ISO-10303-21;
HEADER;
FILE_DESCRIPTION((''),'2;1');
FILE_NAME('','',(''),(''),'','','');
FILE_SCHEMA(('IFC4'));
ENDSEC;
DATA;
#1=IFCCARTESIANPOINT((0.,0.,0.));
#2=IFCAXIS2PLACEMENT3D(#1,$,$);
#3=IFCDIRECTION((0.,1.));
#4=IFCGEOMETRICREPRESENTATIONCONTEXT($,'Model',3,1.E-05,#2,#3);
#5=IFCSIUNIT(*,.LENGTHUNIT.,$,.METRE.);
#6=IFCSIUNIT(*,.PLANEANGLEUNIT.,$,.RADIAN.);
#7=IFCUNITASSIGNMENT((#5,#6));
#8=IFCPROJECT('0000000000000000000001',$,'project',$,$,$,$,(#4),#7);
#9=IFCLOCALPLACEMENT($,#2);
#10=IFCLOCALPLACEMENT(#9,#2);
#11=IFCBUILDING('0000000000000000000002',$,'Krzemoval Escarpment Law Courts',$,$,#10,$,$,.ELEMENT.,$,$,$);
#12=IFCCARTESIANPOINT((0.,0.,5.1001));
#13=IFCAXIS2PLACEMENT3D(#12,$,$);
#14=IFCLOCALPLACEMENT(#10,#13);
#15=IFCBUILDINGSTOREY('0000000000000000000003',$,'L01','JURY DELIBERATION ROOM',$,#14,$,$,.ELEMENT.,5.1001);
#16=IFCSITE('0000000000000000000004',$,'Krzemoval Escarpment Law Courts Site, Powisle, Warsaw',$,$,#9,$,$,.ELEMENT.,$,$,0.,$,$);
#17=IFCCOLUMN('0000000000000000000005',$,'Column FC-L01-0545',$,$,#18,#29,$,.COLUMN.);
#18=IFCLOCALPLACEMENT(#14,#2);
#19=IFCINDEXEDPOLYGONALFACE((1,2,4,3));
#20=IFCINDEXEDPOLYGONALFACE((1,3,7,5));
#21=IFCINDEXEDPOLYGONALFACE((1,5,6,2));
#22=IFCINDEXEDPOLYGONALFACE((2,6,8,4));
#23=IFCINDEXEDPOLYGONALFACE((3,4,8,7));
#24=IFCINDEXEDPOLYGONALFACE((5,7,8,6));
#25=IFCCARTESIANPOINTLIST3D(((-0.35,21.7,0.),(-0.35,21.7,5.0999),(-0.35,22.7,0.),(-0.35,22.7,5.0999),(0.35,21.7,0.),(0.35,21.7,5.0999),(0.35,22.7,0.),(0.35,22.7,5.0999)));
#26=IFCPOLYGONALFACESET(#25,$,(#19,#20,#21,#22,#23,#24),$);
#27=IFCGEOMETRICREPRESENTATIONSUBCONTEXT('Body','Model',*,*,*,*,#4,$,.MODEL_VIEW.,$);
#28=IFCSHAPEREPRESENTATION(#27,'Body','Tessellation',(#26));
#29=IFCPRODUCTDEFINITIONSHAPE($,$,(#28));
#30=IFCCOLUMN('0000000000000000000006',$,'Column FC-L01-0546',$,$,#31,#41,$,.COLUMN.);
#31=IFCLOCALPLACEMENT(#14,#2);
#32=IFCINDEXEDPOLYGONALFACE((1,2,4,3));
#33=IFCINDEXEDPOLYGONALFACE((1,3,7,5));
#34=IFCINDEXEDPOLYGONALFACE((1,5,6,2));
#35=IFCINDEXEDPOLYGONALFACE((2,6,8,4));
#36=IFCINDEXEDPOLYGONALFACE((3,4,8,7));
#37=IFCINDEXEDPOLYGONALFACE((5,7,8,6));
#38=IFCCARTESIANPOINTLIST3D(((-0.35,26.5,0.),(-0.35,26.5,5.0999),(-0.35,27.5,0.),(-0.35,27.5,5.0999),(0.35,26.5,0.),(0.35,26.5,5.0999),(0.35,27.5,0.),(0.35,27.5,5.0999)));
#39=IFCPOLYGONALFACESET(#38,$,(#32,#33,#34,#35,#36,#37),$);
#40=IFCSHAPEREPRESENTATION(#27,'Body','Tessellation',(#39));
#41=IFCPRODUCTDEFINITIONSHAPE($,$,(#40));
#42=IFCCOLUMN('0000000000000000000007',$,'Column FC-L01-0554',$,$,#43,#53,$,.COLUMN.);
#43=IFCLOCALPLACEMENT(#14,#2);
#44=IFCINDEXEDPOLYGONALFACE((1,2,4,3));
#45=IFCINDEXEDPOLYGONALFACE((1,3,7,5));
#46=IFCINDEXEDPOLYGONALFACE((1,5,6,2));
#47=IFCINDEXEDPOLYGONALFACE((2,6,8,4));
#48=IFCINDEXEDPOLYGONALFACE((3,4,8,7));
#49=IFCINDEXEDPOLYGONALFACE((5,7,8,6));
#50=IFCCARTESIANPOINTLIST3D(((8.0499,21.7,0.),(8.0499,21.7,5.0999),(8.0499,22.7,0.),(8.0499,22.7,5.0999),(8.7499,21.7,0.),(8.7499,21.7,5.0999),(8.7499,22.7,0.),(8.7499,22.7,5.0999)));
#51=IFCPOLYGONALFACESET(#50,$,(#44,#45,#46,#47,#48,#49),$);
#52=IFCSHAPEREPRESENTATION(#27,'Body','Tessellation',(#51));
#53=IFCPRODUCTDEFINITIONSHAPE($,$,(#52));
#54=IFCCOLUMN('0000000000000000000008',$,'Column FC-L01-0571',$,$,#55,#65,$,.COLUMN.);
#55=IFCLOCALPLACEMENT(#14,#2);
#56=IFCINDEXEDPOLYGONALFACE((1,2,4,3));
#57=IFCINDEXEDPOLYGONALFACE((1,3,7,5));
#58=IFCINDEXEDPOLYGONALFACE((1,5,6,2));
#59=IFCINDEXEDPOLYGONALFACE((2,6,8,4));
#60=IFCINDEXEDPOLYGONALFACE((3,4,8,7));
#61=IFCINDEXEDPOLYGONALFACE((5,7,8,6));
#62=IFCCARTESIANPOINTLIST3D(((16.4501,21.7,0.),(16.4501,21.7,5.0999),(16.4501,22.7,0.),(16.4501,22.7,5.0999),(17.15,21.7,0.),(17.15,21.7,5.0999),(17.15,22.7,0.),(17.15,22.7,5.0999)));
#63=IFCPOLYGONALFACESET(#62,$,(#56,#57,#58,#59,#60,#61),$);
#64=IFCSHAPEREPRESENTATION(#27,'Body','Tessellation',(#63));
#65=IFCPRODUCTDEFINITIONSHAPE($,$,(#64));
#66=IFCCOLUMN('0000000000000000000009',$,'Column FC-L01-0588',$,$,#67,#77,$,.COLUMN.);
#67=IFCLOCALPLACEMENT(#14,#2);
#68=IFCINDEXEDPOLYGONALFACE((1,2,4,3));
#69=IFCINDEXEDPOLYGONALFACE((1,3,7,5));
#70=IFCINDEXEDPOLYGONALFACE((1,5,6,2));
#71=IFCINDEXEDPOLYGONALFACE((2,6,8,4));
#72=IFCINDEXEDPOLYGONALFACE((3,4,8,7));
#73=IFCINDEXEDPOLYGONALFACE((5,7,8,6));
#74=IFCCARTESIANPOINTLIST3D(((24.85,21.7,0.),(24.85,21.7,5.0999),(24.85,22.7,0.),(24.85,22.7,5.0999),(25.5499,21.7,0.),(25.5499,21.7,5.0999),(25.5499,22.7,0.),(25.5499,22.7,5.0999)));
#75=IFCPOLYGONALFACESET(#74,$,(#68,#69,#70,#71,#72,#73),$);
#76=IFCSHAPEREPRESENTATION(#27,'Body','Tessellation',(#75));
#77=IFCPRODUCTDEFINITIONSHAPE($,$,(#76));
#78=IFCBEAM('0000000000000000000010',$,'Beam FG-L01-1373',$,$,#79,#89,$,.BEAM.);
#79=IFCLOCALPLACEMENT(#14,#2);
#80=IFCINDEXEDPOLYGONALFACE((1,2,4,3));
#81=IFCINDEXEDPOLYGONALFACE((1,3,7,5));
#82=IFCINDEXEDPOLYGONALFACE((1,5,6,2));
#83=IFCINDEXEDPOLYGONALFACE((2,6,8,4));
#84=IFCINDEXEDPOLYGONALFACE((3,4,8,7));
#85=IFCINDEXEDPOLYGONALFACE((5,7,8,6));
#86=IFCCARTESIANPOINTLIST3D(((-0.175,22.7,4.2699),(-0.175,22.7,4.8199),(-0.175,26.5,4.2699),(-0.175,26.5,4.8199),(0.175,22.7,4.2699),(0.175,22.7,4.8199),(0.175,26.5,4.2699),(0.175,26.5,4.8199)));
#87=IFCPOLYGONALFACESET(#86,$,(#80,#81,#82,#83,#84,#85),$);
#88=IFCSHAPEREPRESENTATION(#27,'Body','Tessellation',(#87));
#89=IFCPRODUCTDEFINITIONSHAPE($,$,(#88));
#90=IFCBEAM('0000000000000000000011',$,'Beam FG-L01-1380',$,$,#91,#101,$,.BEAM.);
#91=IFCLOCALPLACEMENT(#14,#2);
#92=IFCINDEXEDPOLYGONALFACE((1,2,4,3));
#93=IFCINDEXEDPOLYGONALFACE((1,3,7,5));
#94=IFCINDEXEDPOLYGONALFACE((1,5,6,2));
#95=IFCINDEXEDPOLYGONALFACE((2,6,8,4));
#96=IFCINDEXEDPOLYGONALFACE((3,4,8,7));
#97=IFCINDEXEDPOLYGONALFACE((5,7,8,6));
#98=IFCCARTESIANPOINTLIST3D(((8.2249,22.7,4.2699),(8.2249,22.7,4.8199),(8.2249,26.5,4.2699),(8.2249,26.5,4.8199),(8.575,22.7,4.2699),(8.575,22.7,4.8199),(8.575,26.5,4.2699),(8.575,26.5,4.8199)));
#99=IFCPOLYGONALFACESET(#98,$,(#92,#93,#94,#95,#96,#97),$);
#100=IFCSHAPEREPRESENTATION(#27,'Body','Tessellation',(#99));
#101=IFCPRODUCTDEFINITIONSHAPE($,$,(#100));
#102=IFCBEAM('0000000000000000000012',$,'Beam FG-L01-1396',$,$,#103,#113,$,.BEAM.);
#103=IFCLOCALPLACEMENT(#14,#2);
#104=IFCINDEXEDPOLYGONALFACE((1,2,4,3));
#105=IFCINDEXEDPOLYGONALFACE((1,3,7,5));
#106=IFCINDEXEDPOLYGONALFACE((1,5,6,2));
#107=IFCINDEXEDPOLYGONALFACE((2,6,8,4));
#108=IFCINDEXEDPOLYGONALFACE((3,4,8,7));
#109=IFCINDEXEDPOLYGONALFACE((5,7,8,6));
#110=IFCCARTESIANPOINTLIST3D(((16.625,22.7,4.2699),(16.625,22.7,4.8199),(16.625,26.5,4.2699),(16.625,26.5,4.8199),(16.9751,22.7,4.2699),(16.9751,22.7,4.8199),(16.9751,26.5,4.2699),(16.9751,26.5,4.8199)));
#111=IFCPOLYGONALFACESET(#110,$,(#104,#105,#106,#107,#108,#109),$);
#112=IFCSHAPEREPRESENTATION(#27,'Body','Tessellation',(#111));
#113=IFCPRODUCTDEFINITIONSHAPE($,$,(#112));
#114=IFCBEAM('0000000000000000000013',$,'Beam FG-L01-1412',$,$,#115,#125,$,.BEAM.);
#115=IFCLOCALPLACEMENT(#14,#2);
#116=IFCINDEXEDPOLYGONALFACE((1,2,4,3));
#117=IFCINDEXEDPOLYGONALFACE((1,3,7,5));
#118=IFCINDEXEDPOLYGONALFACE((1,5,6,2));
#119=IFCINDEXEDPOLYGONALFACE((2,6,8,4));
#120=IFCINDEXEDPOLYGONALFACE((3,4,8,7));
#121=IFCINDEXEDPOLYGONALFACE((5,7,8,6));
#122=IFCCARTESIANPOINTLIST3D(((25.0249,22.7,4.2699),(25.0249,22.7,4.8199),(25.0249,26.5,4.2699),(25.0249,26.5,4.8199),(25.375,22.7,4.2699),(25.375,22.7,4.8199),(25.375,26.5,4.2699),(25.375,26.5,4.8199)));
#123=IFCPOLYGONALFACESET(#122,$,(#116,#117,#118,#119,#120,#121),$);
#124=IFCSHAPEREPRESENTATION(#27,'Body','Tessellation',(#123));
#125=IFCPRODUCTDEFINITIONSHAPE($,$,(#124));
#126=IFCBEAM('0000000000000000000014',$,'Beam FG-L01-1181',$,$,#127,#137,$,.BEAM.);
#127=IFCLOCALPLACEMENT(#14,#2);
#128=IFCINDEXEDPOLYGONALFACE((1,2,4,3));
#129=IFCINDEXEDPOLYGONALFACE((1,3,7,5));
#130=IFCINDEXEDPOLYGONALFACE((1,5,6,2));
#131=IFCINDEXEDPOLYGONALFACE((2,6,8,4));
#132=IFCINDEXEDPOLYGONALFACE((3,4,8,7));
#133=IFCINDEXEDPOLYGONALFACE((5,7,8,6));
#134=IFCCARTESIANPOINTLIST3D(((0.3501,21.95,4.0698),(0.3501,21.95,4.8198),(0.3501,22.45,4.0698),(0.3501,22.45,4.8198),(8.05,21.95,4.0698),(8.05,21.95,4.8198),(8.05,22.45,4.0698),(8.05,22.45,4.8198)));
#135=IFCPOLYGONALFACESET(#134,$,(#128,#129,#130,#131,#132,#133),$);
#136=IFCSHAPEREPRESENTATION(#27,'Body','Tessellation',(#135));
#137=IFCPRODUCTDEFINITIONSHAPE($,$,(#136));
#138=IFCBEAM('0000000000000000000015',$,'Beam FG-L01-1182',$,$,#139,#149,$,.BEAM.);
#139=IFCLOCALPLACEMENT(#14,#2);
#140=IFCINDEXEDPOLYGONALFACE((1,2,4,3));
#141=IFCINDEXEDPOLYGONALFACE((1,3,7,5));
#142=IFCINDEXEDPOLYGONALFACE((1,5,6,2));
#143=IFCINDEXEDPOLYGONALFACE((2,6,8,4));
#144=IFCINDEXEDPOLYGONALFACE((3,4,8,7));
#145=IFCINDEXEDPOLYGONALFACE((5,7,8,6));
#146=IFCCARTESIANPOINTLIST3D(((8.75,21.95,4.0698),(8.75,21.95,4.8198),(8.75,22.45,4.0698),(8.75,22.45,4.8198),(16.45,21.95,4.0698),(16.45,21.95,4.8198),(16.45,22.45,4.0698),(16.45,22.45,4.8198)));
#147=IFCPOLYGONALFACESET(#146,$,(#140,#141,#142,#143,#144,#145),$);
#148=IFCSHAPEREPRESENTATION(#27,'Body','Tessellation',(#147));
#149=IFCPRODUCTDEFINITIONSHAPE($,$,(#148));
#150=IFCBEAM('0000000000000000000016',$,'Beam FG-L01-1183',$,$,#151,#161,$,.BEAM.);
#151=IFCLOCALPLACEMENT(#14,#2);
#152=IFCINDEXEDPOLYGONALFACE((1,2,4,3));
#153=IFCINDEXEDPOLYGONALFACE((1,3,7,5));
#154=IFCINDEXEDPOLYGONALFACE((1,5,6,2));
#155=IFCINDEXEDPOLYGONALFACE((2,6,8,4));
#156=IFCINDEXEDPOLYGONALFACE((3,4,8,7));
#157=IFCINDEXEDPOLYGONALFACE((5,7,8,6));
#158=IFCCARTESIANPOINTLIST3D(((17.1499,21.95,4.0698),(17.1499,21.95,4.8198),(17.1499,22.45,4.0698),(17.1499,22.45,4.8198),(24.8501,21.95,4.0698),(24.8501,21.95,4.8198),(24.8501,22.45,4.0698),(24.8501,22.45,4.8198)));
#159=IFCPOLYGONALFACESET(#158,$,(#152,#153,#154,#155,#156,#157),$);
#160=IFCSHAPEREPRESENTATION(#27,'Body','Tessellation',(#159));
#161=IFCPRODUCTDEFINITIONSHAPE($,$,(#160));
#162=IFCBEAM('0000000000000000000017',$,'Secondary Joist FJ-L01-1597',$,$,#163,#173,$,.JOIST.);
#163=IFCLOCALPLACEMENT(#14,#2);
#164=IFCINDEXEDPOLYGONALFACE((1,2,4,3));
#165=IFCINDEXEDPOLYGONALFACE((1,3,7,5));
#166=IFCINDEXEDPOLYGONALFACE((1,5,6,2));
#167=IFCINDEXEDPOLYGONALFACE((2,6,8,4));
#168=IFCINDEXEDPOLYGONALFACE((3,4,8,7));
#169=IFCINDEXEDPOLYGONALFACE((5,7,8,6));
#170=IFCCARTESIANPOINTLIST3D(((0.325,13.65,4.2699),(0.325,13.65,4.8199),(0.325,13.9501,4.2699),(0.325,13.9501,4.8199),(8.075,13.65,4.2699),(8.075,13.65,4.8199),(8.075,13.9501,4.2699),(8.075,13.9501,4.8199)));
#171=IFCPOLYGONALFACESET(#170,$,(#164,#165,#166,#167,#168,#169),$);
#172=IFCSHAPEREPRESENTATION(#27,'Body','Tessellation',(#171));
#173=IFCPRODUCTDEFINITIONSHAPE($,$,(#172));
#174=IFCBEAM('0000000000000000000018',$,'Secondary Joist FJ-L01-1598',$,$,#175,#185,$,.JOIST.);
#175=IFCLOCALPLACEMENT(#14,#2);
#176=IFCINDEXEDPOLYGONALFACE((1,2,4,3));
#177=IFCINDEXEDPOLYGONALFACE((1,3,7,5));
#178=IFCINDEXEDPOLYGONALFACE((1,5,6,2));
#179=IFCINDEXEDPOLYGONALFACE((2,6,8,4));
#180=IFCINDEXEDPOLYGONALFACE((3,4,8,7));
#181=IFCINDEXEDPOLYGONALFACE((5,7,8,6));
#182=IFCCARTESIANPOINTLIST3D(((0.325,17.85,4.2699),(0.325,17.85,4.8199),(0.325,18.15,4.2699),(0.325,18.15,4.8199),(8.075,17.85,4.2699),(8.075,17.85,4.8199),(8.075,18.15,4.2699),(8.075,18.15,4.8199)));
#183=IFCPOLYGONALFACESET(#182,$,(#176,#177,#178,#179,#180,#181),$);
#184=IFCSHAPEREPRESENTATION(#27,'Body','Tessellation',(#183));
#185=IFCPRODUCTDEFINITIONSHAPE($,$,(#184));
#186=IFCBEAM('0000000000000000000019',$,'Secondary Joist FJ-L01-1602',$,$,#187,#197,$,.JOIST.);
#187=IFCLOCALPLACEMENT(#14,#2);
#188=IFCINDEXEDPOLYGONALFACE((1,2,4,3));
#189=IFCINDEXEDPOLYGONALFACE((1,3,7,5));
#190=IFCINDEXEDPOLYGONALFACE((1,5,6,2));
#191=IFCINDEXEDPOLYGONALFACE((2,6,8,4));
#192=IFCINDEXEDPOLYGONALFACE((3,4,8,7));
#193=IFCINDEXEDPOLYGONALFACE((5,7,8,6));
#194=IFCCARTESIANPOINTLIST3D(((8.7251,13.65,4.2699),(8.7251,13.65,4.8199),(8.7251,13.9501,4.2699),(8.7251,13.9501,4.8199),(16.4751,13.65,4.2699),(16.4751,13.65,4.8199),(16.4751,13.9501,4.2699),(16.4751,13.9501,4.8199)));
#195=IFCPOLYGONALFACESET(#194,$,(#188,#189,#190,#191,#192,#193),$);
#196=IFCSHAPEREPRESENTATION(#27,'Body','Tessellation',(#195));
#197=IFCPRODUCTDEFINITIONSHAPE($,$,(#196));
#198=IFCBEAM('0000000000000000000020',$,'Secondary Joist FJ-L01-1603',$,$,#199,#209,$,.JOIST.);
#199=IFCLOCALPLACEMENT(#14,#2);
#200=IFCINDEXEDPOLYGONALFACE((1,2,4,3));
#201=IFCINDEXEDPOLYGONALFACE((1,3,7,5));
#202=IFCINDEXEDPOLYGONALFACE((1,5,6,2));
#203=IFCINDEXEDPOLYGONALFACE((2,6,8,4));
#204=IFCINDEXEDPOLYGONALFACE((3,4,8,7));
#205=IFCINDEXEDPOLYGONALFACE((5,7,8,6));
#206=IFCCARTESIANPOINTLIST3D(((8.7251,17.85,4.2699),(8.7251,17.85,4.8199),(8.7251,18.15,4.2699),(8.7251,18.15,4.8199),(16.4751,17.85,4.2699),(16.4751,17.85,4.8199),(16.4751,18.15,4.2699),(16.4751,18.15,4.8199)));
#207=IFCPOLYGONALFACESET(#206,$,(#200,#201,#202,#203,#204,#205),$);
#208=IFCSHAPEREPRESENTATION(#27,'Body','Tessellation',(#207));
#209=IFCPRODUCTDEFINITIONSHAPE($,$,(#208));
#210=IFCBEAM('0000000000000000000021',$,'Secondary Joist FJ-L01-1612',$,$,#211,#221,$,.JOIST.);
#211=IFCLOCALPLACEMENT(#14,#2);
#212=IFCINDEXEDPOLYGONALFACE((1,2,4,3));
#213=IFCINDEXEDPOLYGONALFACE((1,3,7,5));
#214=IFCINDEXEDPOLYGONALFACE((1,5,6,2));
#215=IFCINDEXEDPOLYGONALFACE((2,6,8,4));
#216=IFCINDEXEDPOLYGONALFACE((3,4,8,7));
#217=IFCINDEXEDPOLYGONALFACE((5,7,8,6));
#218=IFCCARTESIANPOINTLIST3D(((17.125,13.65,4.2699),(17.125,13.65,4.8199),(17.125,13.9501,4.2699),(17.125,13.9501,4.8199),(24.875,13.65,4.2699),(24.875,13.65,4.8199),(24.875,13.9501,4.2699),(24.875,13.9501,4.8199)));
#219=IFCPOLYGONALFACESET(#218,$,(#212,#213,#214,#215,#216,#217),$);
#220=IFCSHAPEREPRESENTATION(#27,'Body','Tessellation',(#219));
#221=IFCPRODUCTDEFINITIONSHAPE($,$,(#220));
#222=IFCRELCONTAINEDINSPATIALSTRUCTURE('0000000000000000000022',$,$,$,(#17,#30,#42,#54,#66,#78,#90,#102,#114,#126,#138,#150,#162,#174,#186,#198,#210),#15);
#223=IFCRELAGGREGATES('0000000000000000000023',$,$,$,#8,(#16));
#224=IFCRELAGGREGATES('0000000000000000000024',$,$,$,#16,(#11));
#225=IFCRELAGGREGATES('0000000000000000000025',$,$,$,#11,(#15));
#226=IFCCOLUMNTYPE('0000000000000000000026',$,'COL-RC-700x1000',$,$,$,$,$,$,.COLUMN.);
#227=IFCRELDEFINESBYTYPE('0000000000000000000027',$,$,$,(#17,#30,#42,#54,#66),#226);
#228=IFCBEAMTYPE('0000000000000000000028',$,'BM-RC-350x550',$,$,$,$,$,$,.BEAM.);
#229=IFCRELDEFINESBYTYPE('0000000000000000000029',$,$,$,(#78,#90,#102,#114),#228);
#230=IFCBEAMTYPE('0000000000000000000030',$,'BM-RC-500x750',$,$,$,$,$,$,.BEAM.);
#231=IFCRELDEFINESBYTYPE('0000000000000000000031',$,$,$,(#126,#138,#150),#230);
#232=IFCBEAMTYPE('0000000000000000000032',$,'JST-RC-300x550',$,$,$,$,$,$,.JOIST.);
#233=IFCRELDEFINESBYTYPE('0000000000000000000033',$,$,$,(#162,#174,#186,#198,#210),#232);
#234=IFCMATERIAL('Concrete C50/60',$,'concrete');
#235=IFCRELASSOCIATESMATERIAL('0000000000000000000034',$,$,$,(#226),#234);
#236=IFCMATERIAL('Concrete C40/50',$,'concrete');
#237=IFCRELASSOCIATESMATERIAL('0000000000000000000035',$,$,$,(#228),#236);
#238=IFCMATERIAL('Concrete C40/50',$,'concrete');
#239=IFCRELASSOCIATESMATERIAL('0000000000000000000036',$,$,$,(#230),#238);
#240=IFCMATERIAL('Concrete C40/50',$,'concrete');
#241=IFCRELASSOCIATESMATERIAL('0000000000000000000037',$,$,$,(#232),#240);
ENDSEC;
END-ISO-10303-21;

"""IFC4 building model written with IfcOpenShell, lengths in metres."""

from ifc_helpers import new_model, si_unit, direction, frame, origin, origin_2d, place, context, subcontext, project, spatial, rectangle, extrude, material, material_profile, profile_set, type_object, element, save


model = new_model("IFC4")

# Units and contexts
model_context = context("Model", 3, precision=1e-05, world=origin(), true_north=direction((0.0, 1.0)))
body_context = subcontext(model_context, "Body", "Model", "MODEL_VIEW")
ifc_project = project(units=[si_unit("LENGTHUNIT", "METRE"), si_unit("PLANEANGLEUNIT", "RADIAN")], contexts=[model_context])

# Site, building, storey
site_placement = place(None, origin())
site = spatial("IfcSite", under=ifc_project, at=site_placement, Name="Krzemoval Escarpment Law Courts Site, Powisle, Warsaw", CompositionType="ELEMENT", RefElevation=0.0)
building_placement = place(site_placement, origin())
building = spatial("IfcBuilding", under=site, at=building_placement, Name="Krzemoval Escarpment Law Courts", CompositionType="ELEMENT")
storey_placement = place(building_placement, frame((0.0, 0.0, 5.1001)))
storey = spatial("IfcBuildingStorey", under=building, at=storey_placement, Name="L01", Description="JURY DELIBERATION ROOM", CompositionType="ELEMENT", Elevation=5.1001)

# Columns
ifc_material_1 = material(Name="Concrete C50/60", Category="concrete")
ifc_material_profile_1 = material_profile(ifc_material_1, rectangle(XDim=0.7, YDim=1.0, at=origin_2d()), Name="RC 700x1000")
ifc_profile_set_1 = profile_set([ifc_material_profile_1], Name="Concrete C50/60")
column_type = type_object("IfcColumnType", Name="COL-RC-700x1000", PredefinedType="COLUMN", material=ifc_profile_set_1)
for number, where, z_axis, x_axis, name in (
    (1, (0.0, 22.2, 0.0), (0.0, 0.0, 1.0), (1.0, 0.0, 0.0), "Column FC-L01-0545"),
    (2, (0.0, 27.0, 0.0), (0.0, 0.0, 1.0), (1.0, 0.0, 0.0), "Column FC-L01-0546"),
    (3, (8.3999, 22.2, 0.0), (0.0, 0.0, 1.0), (1.0, 0.0, 0.0), "Column FC-L01-0554"),
    (4, (16.8, 22.2, 0.0), (0.0, 0.0, 1.0), (1.0, 0.0, 0.0), "Column FC-L01-0571"),
    (5, (25.2, 22.2, 0.0), (0.0, 0.0, 1.0), (1.0, 0.0, 0.0), "Column FC-L01-0588"),
):
    element("IfcColumn", number, at=place(storey_placement, frame(where, z_axis=z_axis, x_axis=x_axis)), inside=storey, type_object=column_type, Name=name, PredefinedType="COLUMN", context=body_context, shape_type="SweptSolid", body=[
        extrude(rectangle(XDim=0.7, YDim=1.0, at=origin_2d()), origin(), (0.0, 0.0, 1.0), 5.0999),
    ])

# Beams
ifc_material_2 = material(Name="Concrete C40/50", Category="concrete")
ifc_material_profile_2 = material_profile(ifc_material_2, rectangle(XDim=0.3501, YDim=0.55, at=origin_2d()), Name="RCB 350x550")
ifc_profile_set_2 = profile_set([ifc_material_profile_2], Name="Concrete C40/50")
beam_type_1 = type_object("IfcBeamType", Name="BM-RC-350x550", PredefinedType="BEAM", material=ifc_profile_set_2)
for number, where, z_axis, x_axis, name in (
    (6, (0.0, 22.7, 4.5449), (0.0, 1.0, 0.0), (-1.0, 0.0, 0.0), "Beam FG-L01-1373"),
    (7, (8.3999, 22.7, 4.5449), (0.0, 1.0, 0.0), (-1.0, 0.0, 0.0), "Beam FG-L01-1380"),
    (8, (16.8, 22.7, 4.5449), (0.0, 1.0, 0.0), (-1.0, 0.0, 0.0), "Beam FG-L01-1396"),
    (9, (25.2, 22.7, 4.5449), (0.0, 1.0, 0.0), (-1.0, 0.0, 0.0), "Beam FG-L01-1412"),
):
    element("IfcBeam", number, at=place(storey_placement, frame(where, z_axis=z_axis, x_axis=x_axis)), inside=storey, type_object=beam_type_1, Name=name, PredefinedType="BEAM", context=body_context, shape_type="SweptSolid", body=[
        extrude(rectangle(XDim=0.3501, YDim=0.55, at=origin_2d()), origin(), (0.0, 0.0, 1.0), 3.8),
    ])
ifc_material_3 = material(Name="Concrete C40/50", Category="concrete")
ifc_material_profile_3 = material_profile(ifc_material_3, rectangle(XDim=0.5, YDim=0.75, at=origin_2d()), Name="RCB 500x750")
ifc_profile_set_3 = profile_set([ifc_material_profile_3], Name="Concrete C40/50")
beam_type_2 = type_object("IfcBeamType", Name="BM-RC-500x750", PredefinedType="BEAM", material=ifc_profile_set_3)
for number, where, z_axis, x_axis, name in (
    (10, (0.3501, 22.2, 4.4448), (1.0, 0.0, 0.0), (0.0, 1.0, 0.0), "Beam FG-L01-1181"),
    (11, (8.75, 22.2, 4.4448), (1.0, 0.0, 0.0), (0.0, 1.0, 0.0), "Beam FG-L01-1182"),
):
    element("IfcBeam", number, at=place(storey_placement, frame(where, z_axis=z_axis, x_axis=x_axis)), inside=storey, type_object=beam_type_2, Name=name, PredefinedType="BEAM", context=body_context, shape_type="SweptSolid", body=[
        extrude(rectangle(XDim=0.5, YDim=0.75, at=origin_2d()), origin(), (0.0, 0.0, 1.0), 7.7),
    ])
beam_placement = place(storey_placement, frame((17.1499, 22.2, 4.4448), z_axis=(1.0, 0.0, 0.0), x_axis=(0.0, 1.0, 0.0)))
element("IfcBeam", 12, at=beam_placement, inside=storey, type_object=beam_type_2, Name="Beam FG-L01-1183", PredefinedType="BEAM", context=body_context, shape_type="SweptSolid", body=[
    extrude(rectangle(XDim=0.5, YDim=0.75, at=origin_2d()), origin(), (0.0, 0.0, 1.0), 7.7002),
])
ifc_material_4 = material(Name="Concrete C40/50", Category="concrete")
ifc_material_profile_4 = material_profile(ifc_material_4, rectangle(XDim=0.3, YDim=0.55, at=origin_2d()), Name="RCB 300x550")
ifc_profile_set_4 = profile_set([ifc_material_profile_4], Name="Concrete C40/50")
beam_type_3 = type_object("IfcBeamType", Name="JST-RC-300x550", PredefinedType="JOIST", material=ifc_profile_set_4)
for number, where, z_axis, x_axis, name in (
    (13, (0.325, 13.8, 4.5449), (1.0, 0.0, 0.0), (0.0, 1.0, 0.0), "Secondary Joist FJ-L01-1597"),
    (14, (0.325, 18.0, 4.5449), (1.0, 0.0, 0.0), (0.0, 1.0, 0.0), "Secondary Joist FJ-L01-1598"),
    (15, (8.7251, 13.8, 4.5449), (1.0, 0.0, 0.0), (0.0, 1.0, 0.0), "Secondary Joist FJ-L01-1602"),
    (16, (8.7251, 18.0, 4.5449), (1.0, 0.0, 0.0), (0.0, 1.0, 0.0), "Secondary Joist FJ-L01-1603"),
    (17, (17.125, 13.8, 4.5449), (1.0, 0.0, 0.0), (0.0, 1.0, 0.0), "Secondary Joist FJ-L01-1612"),
):
    element("IfcBeam", number, at=place(storey_placement, frame(where, z_axis=z_axis, x_axis=x_axis)), inside=storey, type_object=beam_type_3, Name=name, PredefinedType="JOIST", context=body_context, shape_type="SweptSolid", body=[
        extrude(rectangle(XDim=0.3, YDim=0.55, at=origin_2d()), origin(), (0.0, 0.0, 1.0), 7.75),
    ])

save(model, "model.ifc")
